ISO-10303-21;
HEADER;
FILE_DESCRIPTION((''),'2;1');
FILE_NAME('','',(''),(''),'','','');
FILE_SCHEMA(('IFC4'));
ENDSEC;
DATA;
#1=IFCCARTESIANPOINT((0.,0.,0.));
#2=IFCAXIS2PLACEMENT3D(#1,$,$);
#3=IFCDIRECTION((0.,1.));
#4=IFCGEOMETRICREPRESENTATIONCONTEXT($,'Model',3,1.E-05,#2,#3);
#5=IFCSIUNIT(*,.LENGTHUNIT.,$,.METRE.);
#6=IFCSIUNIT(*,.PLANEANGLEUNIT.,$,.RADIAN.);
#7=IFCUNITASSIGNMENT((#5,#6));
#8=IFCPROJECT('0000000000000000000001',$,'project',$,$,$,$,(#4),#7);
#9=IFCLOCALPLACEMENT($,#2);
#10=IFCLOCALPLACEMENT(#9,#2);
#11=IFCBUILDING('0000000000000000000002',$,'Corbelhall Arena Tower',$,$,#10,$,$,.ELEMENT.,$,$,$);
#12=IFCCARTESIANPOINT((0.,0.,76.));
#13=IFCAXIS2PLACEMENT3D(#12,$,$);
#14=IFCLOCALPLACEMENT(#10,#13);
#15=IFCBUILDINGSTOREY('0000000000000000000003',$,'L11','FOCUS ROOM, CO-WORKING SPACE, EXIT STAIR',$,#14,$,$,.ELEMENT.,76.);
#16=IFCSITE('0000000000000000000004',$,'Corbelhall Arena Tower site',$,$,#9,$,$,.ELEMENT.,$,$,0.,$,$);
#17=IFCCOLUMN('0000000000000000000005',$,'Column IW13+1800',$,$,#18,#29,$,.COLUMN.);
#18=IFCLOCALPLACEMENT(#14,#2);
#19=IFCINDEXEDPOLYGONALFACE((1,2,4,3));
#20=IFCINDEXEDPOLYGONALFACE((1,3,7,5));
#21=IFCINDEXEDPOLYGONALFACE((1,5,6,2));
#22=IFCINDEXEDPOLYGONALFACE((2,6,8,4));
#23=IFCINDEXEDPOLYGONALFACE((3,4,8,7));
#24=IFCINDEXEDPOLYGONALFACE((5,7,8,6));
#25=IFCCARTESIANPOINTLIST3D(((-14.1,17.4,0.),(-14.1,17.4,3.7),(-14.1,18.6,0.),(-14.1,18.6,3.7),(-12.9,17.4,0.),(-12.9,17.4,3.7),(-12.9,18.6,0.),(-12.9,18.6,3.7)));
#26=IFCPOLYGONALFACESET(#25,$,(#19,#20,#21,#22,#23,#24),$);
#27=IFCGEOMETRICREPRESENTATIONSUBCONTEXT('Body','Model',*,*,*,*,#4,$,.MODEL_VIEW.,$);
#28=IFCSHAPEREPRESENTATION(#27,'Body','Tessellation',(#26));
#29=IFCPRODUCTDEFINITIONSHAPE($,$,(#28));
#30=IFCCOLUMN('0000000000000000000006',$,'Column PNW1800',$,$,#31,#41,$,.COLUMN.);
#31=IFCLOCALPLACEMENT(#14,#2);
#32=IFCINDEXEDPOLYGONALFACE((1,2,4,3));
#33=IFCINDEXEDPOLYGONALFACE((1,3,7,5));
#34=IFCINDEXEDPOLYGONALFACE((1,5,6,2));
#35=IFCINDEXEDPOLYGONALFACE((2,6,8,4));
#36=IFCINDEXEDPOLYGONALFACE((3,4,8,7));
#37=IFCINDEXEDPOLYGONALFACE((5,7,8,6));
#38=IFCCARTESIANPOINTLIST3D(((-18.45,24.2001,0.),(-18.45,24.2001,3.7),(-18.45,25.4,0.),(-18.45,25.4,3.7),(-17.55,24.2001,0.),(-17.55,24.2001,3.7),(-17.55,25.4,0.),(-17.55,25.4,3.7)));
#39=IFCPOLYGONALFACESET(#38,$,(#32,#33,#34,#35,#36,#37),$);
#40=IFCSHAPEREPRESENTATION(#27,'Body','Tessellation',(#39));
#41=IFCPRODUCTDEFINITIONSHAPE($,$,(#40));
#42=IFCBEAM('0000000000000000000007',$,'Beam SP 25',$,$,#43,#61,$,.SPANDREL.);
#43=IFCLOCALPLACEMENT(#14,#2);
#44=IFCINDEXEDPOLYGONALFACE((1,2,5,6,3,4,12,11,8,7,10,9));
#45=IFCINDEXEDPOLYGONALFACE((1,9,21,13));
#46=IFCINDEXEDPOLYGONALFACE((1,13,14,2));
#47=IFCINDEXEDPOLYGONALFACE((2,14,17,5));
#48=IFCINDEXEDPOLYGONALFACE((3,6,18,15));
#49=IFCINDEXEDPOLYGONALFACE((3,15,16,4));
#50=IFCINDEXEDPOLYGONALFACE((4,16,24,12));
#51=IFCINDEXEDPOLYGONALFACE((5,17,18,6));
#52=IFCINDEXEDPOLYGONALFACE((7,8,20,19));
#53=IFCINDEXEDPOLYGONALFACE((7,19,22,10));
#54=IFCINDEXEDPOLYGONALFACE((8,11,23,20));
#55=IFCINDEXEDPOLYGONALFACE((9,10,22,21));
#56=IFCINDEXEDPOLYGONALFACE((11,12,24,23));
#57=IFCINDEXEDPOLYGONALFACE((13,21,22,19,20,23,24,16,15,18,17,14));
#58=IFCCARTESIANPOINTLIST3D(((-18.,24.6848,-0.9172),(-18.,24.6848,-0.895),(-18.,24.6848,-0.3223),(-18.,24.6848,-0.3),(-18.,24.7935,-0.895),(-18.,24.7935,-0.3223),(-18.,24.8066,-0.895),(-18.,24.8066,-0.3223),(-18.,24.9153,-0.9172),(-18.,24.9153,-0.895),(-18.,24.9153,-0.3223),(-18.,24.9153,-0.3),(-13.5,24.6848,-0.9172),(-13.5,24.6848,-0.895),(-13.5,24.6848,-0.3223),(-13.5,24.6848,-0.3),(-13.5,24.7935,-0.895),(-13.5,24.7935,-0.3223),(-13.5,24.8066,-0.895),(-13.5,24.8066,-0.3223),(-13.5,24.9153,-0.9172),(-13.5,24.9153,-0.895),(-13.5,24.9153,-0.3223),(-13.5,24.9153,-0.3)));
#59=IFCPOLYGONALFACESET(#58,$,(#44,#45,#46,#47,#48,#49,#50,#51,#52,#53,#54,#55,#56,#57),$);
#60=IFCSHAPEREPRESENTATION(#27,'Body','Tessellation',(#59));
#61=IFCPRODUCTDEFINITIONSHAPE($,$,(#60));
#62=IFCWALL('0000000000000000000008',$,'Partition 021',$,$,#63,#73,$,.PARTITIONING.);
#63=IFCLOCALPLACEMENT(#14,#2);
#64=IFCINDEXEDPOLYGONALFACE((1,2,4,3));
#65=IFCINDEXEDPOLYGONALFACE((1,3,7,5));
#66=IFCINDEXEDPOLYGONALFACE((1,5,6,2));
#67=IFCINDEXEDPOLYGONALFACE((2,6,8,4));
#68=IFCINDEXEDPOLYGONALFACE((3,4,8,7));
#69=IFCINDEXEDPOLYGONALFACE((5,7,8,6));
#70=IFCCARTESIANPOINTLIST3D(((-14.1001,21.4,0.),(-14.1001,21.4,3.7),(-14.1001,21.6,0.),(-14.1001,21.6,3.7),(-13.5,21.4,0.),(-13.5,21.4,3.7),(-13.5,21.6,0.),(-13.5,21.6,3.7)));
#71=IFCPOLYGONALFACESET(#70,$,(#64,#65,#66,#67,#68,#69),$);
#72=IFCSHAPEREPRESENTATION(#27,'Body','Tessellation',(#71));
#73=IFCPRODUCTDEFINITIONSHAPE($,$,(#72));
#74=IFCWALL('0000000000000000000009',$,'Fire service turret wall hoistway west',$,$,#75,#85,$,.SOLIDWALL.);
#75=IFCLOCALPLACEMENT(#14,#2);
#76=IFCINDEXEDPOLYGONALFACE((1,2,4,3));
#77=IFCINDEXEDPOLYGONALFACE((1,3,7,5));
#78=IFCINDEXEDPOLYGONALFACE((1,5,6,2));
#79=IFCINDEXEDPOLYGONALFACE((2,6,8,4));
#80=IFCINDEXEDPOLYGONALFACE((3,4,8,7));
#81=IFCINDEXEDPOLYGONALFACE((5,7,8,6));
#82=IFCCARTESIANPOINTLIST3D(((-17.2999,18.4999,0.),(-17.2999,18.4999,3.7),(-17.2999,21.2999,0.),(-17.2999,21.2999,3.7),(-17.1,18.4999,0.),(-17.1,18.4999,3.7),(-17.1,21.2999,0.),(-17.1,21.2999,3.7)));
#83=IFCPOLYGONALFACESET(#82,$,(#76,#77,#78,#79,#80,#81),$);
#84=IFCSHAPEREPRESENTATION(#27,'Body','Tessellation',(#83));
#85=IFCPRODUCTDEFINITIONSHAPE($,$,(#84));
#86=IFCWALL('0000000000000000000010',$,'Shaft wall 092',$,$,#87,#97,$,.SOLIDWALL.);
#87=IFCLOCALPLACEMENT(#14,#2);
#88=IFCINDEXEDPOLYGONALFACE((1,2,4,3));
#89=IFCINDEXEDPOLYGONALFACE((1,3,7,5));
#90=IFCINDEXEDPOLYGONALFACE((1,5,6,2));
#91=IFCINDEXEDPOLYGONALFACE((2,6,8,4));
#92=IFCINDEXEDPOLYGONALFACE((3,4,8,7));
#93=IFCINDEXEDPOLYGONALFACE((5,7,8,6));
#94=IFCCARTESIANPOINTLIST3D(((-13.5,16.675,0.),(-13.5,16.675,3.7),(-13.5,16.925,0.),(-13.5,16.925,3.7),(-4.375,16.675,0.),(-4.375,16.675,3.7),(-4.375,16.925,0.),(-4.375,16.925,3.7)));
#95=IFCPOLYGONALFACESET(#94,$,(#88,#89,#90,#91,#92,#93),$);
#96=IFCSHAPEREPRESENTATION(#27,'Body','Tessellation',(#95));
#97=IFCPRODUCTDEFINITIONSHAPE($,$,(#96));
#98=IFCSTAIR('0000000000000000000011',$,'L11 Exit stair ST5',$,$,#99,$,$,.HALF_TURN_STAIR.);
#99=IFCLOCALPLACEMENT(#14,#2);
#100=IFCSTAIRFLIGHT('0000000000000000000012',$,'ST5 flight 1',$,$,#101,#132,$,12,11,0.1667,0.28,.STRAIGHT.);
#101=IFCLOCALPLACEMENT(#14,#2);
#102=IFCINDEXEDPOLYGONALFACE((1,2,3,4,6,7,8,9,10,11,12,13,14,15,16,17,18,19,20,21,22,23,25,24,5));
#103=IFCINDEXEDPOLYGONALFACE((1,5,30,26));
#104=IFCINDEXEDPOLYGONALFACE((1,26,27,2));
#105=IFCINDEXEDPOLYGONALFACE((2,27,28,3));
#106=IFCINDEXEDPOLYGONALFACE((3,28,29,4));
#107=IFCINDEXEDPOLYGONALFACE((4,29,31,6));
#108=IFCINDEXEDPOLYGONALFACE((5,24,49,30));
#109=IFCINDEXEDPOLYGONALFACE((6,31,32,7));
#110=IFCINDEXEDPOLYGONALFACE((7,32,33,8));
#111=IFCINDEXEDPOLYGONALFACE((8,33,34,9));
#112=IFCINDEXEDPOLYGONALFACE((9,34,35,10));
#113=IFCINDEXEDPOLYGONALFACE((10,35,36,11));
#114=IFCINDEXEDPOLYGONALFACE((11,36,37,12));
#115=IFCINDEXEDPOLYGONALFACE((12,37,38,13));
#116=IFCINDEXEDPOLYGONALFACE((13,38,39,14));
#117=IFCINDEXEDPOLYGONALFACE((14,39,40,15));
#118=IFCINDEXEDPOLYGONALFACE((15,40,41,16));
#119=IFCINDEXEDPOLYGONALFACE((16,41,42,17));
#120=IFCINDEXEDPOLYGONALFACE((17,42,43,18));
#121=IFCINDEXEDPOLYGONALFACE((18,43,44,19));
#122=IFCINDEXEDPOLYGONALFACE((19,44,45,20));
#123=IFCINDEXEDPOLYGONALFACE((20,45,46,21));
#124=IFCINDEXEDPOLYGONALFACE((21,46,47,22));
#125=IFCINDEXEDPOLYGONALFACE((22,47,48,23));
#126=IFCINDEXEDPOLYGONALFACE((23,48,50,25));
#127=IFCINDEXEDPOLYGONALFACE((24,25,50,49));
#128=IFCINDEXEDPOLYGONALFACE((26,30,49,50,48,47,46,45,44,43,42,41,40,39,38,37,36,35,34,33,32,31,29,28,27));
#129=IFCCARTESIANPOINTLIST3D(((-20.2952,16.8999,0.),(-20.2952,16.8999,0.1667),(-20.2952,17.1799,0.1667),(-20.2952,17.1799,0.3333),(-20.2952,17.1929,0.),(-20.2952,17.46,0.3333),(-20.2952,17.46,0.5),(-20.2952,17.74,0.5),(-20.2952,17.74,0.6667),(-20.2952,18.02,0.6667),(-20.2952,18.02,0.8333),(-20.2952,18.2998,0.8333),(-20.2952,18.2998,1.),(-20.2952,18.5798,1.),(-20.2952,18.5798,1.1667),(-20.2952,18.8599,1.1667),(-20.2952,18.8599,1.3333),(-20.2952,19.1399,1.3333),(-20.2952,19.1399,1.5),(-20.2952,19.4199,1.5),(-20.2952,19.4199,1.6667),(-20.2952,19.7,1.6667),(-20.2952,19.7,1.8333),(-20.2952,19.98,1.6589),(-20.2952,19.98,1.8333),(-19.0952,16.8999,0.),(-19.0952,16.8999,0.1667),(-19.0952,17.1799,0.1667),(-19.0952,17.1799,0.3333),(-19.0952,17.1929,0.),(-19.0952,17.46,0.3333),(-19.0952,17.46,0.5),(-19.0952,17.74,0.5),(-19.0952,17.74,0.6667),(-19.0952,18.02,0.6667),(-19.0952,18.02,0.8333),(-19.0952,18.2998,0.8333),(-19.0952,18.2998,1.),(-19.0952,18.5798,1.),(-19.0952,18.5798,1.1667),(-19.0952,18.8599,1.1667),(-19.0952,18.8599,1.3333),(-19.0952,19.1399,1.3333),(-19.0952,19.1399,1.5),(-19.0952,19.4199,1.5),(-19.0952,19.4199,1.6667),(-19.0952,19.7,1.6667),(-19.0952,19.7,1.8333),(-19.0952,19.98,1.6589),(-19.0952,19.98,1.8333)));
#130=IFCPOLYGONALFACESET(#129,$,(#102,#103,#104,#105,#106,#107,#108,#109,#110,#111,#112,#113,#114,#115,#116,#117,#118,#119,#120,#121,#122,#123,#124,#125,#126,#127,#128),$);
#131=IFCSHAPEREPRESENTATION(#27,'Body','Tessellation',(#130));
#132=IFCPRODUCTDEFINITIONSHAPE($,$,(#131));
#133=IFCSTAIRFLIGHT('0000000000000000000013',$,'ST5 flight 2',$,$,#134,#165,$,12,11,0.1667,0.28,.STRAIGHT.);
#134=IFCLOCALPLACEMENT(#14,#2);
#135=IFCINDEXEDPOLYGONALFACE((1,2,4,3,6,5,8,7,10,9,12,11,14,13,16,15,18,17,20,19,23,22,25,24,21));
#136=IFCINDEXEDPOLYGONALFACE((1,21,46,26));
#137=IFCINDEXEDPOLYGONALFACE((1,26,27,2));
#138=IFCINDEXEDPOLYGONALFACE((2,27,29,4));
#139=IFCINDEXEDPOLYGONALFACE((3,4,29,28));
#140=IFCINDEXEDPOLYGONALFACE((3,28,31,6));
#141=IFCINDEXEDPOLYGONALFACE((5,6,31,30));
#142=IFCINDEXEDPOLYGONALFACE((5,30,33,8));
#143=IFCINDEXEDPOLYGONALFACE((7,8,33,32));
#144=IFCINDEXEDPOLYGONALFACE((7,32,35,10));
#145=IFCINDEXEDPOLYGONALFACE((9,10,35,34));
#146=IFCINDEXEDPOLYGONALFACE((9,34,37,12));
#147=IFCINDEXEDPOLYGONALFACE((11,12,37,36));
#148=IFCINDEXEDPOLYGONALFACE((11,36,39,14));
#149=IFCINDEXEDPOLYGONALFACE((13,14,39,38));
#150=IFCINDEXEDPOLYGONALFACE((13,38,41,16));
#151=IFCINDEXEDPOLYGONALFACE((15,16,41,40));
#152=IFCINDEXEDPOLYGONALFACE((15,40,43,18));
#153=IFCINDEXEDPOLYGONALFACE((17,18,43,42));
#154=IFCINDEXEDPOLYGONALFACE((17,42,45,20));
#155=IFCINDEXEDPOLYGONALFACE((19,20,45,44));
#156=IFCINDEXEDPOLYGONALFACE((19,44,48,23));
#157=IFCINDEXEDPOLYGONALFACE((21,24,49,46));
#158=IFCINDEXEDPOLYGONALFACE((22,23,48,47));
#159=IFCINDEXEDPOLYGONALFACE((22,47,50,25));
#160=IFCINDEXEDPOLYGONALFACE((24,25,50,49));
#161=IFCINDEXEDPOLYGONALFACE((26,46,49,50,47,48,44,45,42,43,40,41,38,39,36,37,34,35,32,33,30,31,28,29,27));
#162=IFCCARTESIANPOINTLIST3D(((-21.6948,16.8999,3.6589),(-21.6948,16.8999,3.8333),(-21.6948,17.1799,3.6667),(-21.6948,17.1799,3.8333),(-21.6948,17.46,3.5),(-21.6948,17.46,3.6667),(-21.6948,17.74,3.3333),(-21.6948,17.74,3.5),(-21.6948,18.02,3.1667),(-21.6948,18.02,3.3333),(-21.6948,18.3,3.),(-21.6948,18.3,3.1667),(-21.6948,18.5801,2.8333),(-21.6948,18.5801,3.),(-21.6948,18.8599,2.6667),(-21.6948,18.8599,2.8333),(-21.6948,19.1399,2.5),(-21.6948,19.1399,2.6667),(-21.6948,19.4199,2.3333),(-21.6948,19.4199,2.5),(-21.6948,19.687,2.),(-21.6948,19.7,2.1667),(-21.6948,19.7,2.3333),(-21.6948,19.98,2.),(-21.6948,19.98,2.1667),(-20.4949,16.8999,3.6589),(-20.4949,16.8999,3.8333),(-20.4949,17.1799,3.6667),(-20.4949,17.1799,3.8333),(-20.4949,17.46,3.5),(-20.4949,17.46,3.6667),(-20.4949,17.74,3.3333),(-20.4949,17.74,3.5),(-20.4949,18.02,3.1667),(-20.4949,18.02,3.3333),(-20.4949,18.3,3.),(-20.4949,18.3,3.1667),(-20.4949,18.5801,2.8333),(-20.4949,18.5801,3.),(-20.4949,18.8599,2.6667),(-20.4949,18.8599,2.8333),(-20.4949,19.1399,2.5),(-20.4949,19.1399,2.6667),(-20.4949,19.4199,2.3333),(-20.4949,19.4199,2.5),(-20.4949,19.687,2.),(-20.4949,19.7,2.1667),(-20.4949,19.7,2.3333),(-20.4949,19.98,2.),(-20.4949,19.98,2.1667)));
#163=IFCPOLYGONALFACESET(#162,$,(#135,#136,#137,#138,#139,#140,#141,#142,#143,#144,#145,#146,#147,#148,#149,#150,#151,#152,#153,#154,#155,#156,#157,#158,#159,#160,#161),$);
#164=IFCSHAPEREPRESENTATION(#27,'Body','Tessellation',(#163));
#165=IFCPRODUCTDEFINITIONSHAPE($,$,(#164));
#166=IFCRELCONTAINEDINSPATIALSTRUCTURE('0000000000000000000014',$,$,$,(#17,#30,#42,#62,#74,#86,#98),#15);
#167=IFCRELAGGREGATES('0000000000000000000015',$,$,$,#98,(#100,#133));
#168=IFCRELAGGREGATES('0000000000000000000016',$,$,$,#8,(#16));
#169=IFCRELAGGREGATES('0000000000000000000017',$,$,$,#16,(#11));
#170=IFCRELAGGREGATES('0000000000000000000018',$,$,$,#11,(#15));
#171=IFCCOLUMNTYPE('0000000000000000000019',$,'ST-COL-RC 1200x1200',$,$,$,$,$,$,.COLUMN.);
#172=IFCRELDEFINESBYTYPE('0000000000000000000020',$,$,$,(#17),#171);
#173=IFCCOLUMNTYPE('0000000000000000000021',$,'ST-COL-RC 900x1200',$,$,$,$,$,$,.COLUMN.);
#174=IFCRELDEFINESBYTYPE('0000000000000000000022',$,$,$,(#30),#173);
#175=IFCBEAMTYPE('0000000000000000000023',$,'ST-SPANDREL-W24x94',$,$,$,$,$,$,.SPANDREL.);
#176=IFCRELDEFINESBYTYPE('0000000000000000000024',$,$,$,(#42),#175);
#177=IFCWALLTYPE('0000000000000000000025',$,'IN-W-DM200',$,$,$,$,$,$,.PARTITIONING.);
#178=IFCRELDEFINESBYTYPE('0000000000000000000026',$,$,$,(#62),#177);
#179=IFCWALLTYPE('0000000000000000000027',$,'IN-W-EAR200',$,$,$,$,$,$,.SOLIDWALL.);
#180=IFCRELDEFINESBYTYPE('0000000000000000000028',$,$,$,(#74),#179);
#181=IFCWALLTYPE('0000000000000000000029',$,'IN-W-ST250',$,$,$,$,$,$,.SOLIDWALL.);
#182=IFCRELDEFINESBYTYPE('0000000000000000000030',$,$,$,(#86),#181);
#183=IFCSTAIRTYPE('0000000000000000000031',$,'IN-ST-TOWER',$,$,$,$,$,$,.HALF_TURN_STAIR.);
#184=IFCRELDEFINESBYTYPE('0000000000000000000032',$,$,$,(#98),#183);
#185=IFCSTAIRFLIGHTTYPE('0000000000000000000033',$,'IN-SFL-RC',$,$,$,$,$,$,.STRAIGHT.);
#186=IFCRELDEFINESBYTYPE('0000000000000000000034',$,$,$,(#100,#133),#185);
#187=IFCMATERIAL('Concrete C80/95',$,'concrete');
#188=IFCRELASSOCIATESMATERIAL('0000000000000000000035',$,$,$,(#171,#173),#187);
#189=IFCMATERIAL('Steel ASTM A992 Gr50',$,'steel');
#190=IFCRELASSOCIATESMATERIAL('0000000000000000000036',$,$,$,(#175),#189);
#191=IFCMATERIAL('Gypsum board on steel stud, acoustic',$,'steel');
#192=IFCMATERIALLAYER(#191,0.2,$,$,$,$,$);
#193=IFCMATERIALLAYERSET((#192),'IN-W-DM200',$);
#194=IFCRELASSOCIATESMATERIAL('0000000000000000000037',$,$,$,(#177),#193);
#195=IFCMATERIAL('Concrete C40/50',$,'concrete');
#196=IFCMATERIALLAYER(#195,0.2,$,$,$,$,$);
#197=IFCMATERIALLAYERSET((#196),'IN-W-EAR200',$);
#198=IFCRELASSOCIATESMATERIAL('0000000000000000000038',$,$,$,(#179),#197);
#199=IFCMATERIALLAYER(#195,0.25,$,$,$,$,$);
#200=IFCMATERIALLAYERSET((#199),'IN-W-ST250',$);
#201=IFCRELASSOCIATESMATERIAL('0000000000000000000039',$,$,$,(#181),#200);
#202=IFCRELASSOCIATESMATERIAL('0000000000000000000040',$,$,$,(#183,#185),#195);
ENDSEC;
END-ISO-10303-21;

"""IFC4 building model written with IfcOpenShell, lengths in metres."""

from ifc_helpers import new_model, si_unit, direction, frame, frame_2d, origin, origin_2d, place, context, subcontext, project, spatial, polyline, rectangle, i_section, outline, extrude, material, layer, layer_set, material_profile, profile_set, type_object, element, aggregate, save


model = new_model("IFC4")

# Units and contexts
model_context = context("Model", 3, precision=1e-05, world=origin(), true_north=direction((0.0, 1.0)))
body_context = subcontext(model_context, "Body", "Model", "MODEL_VIEW")
ifc_project = project(units=[si_unit("LENGTHUNIT", "METRE"), si_unit("PLANEANGLEUNIT", "RADIAN")], contexts=[model_context])

# Site, building, storey
site_placement = place(None, origin())
site = spatial("IfcSite", under=ifc_project, at=site_placement, Name="Corbelhall Arena Tower site", CompositionType="ELEMENT", RefElevation=0.0)
building_placement = place(site_placement, origin())
building = spatial("IfcBuilding", under=site, at=building_placement, Name="Corbelhall Arena Tower", CompositionType="ELEMENT")
storey_placement = place(building_placement, frame((0.0, 0.0, 76.0)))
storey = spatial("IfcBuildingStorey", under=building, at=storey_placement, Name="L11", Description="FOCUS ROOM, CO-WORKING SPACE, EXIT STAIR", CompositionType="ELEMENT", Elevation=76.0)

# Columns
ifc_material_1 = material(Name="Concrete C80/95", Category="concrete")
ifc_material_profile_1 = material_profile(ifc_material_1, rectangle(XDim=1.2, YDim=1.2, at=origin_2d()))
ifc_profile_set_1 = profile_set([ifc_material_profile_1], Name="Concrete C80/95")
column_type_1 = type_object("IfcColumnType", Name="ST-COL-RC 1200x1200", PredefinedType="COLUMN", material=ifc_profile_set_1)
column_1_placement = place(storey_placement, frame((-13.5, 18.0, 0.0), z_axis=(0.0, 0.0, 1.0), x_axis=(1.0, 0.0, 0.0)))
element("IfcColumn", 1, at=column_1_placement, inside=storey, type_object=column_type_1, Name="Column IW13+1800", PredefinedType="COLUMN", context=body_context, shape_type="SweptSolid", body=[
    extrude(rectangle(XDim=1.2, YDim=1.2, at=origin_2d()), origin(), (0.0, 0.0, 1.0), 3.7),
])
ifc_material_profile_2 = material_profile(ifc_material_1, rectangle(XDim=0.8999, YDim=1.2, at=origin_2d()))
ifc_profile_set_2 = profile_set([ifc_material_profile_2], Name="Concrete C80/95")
column_type_2 = type_object("IfcColumnType", Name="ST-COL-RC 900x1200", PredefinedType="COLUMN", material=ifc_profile_set_2)
column_2_placement = place(storey_placement, frame((-18.0, 24.8, 0.0), z_axis=(0.0, 0.0, 1.0), x_axis=(1.0, 0.0, 0.0)))
element("IfcColumn", 2, at=column_2_placement, inside=storey, type_object=column_type_2, Name="Column PNW1800", PredefinedType="COLUMN", context=body_context, shape_type="SweptSolid", body=[
    extrude(rectangle(XDim=0.8999, YDim=1.2, at=origin_2d()), origin(), (0.0, 0.0, 1.0), 3.7),
])

# Beam
ifc_material_2 = material(Name="Steel ASTM A992 Gr50", Category="steel")
ifc_material_profile_3 = material_profile(ifc_material_2, i_section(OverallWidth=0.2305, OverallDepth=0.6172, WebThickness=0.0132, FlangeThickness=0.0222, at=origin_2d()))
ifc_profile_set_3 = profile_set([ifc_material_profile_3], Name="Steel ASTM A992 Gr50")
beam_type = type_object("IfcBeamType", Name="ST-SPANDREL-W24x94", PredefinedType="SPANDREL", material=ifc_profile_set_3)
beam_placement = place(storey_placement, frame((-18.0, 24.8, -0.6086), z_axis=(1.0, 0.0, 0.0), x_axis=(0.0, 1.0, 0.0)))
element("IfcBeam", 3, at=beam_placement, inside=storey, type_object=beam_type, Name="Beam SP 25", PredefinedType="SPANDREL", context=body_context, shape_type="SweptSolid", body=[
    extrude(i_section(OverallWidth=0.2305, OverallDepth=0.6172, WebThickness=0.0132, FlangeThickness=0.0222, at=origin_2d()), origin(), (0.0, 0.0, 1.0), 4.5),
])

# Wall
ifc_material_3 = material(Name="Gypsum board on steel stud, acoustic", Category="steel")
ifc_layer_1 = layer(ifc_material_3, 0.2)
ifc_layer_set_1 = layer_set([ifc_layer_1], Name="IN-W-DM200")
wall_type_1 = type_object("IfcWallType", Name="IN-W-DM200", PredefinedType="PARTITIONING", material=ifc_layer_set_1)
wall_1_placement = place(storey_placement, frame((-13.5, 21.5, 0.0), z_axis=(0.0, 0.0, 1.0), x_axis=(-1.0, 0.0, 0.0)))
element("IfcWall", 4, at=wall_1_placement, inside=storey, type_object=wall_type_1, Name="Partition 021", PredefinedType="PARTITIONING", context=body_context, shape_type="SweptSolid", body=[
    extrude(rectangle(XDim=0.6001, YDim=0.2, at=frame_2d((0.3, 0.0))), origin(), (0.0, 0.0, 1.0), 3.7),
])

# Wall
ifc_material_4 = material(Name="Concrete C40/50", Category="concrete")
ifc_layer_2 = layer(ifc_material_4, 0.2)
ifc_layer_set_2 = layer_set([ifc_layer_2], Name="IN-W-EAR200")
wall_type_2 = type_object("IfcWallType", Name="IN-W-EAR200", PredefinedType="SOLIDWALL", material=ifc_layer_set_2)
wall_2_placement = place(storey_placement, frame((-17.2, 18.5, 0.0), z_axis=(0.0, 0.0, 1.0), x_axis=(0.0, 1.0, 0.0)))
element("IfcWall", 5, at=wall_2_placement, inside=storey, type_object=wall_type_2, Name="Fire service turret wall hoistway west", PredefinedType="SOLIDWALL", context=body_context, shape_type="SweptSolid", body=[
    extrude(rectangle(XDim=2.8, YDim=0.2, at=frame_2d((1.3999, 0.0))), origin(), (0.0, 0.0, 1.0), 3.7),
])

# Wall
ifc_layer_3 = layer(ifc_material_4, 0.25)
ifc_layer_set_3 = layer_set([ifc_layer_3], Name="IN-W-ST250")
wall_type_3 = type_object("IfcWallType", Name="IN-W-ST250", PredefinedType="SOLIDWALL", material=ifc_layer_set_3)
wall_3_placement = place(storey_placement, frame((-13.5, 16.8, 0.0), z_axis=(0.0, 0.0, 1.0), x_axis=(1.0, 0.0, 0.0)))
element("IfcWall", 6, at=wall_3_placement, inside=storey, type_object=wall_type_3, Name="Shaft wall 092", PredefinedType="SOLIDWALL", context=body_context, shape_type="SweptSolid", body=[
    extrude(rectangle(XDim=9.125, YDim=0.25, at=frame_2d((4.5625, 0.0))), origin(), (0.0, 0.0, 1.0), 3.7),
])

# Stair, stair flights
stair_type = type_object("IfcStairType", Name="IN-ST-TOWER", PredefinedType="HALF_TURN_STAIR", material=ifc_material_4)
stair_placement = place(storey_placement, origin())
stair = element("IfcStair", 7, at=stair_placement, inside=storey, type_object=stair_type, Name="L11 Exit stair ST5", PredefinedType="HALF_TURN_STAIR")
stair_flight_type = type_object("IfcStairFlightType", Name="IN-SFL-RC", PredefinedType="STRAIGHT", material=ifc_material_4)
stair_flight_1_placement = place(storey_placement, frame((-19.6951, 16.8999, 0.0), z_axis=(0.0, 0.0, 1.0), x_axis=(0.0, 1.0, 0.0)))
stair_flight_1 = element("IfcStairFlight", 8, at=stair_flight_1_placement, type_object=stair_flight_type, Name="ST5 flight 1", NumberOfRisers=12, NumberOfTreads=11, PredefinedType="STRAIGHT", RiserHeight=0.1667, TreadLength=0.28, context=body_context, shape_type="SweptSolid", body=[
    extrude(outline(polyline([(0.0, 0.0), (0.0, 0.1667), (0.28, 0.1667), (0.28, 0.3333), (0.5601, 0.3333), (0.5601, 0.5), (0.8401, 0.5), (0.8401, 0.6667), (1.1201, 0.6667), (1.1201, 0.8333), (1.3999, 0.8333), (1.3999, 1.0), (1.6799, 1.0), (1.6799, 1.1667), (1.96, 1.1667), (1.96, 1.3333), (2.24, 1.3333), (2.24, 1.5), (2.52, 1.5), (2.52, 1.6667), (2.8, 1.6667), (2.8, 1.8333), (3.0801, 1.8333), (3.0801, 2.0), (3.0801, 1.6589), (0.293, 0.0), (0.0, 0.0)])), frame((0.0, 0.6001, 0.0), z_axis=(0.0, -1.0, 0.0), x_axis=(1.0, 0.0, 0.0)), (0.0, 0.0, 1.0), 1.2),
])
stair_flight_2_placement = place(storey_placement, frame((-21.095, 19.98, 2.0), z_axis=(0.0, 0.0, 1.0), x_axis=(0.0, -1.0, 0.0)))
stair_flight_2 = element("IfcStairFlight", 9, at=stair_flight_2_placement, type_object=stair_flight_type, Name="ST5 flight 2", NumberOfRisers=12, NumberOfTreads=11, PredefinedType="STRAIGHT", RiserHeight=0.1667, TreadLength=0.28, context=body_context, shape_type="SweptSolid", body=[
    extrude(outline(polyline([(0.0, 0.0), (0.0, 0.1667), (0.28, 0.1667), (0.28, 0.3333), (0.5601, 0.3333), (0.5601, 0.5), (0.8401, 0.5), (0.8401, 0.6667), (1.1201, 0.6667), (1.1201, 0.8333), (1.3999, 0.8333), (1.3999, 1.0), (1.6799, 1.0), (1.6799, 1.1667), (1.96, 1.1667), (1.96, 1.3333), (2.24, 1.3333), (2.24, 1.5), (2.52, 1.5), (2.52, 1.6667), (2.8, 1.6667), (2.8, 1.8333), (3.0801, 1.8333), (3.0801, 2.0), (3.0801, 1.6589), (0.293, 0.0), (0.0, 0.0)])), frame((0.0, 0.6001, 0.0), z_axis=(0.0, -1.0, 0.0), x_axis=(1.0, 0.0, 0.0)), (0.0, 0.0, 1.0), 1.2),
])
aggregate(stair, [stair_flight_1, stair_flight_2])

save(model, "model.ifc")
